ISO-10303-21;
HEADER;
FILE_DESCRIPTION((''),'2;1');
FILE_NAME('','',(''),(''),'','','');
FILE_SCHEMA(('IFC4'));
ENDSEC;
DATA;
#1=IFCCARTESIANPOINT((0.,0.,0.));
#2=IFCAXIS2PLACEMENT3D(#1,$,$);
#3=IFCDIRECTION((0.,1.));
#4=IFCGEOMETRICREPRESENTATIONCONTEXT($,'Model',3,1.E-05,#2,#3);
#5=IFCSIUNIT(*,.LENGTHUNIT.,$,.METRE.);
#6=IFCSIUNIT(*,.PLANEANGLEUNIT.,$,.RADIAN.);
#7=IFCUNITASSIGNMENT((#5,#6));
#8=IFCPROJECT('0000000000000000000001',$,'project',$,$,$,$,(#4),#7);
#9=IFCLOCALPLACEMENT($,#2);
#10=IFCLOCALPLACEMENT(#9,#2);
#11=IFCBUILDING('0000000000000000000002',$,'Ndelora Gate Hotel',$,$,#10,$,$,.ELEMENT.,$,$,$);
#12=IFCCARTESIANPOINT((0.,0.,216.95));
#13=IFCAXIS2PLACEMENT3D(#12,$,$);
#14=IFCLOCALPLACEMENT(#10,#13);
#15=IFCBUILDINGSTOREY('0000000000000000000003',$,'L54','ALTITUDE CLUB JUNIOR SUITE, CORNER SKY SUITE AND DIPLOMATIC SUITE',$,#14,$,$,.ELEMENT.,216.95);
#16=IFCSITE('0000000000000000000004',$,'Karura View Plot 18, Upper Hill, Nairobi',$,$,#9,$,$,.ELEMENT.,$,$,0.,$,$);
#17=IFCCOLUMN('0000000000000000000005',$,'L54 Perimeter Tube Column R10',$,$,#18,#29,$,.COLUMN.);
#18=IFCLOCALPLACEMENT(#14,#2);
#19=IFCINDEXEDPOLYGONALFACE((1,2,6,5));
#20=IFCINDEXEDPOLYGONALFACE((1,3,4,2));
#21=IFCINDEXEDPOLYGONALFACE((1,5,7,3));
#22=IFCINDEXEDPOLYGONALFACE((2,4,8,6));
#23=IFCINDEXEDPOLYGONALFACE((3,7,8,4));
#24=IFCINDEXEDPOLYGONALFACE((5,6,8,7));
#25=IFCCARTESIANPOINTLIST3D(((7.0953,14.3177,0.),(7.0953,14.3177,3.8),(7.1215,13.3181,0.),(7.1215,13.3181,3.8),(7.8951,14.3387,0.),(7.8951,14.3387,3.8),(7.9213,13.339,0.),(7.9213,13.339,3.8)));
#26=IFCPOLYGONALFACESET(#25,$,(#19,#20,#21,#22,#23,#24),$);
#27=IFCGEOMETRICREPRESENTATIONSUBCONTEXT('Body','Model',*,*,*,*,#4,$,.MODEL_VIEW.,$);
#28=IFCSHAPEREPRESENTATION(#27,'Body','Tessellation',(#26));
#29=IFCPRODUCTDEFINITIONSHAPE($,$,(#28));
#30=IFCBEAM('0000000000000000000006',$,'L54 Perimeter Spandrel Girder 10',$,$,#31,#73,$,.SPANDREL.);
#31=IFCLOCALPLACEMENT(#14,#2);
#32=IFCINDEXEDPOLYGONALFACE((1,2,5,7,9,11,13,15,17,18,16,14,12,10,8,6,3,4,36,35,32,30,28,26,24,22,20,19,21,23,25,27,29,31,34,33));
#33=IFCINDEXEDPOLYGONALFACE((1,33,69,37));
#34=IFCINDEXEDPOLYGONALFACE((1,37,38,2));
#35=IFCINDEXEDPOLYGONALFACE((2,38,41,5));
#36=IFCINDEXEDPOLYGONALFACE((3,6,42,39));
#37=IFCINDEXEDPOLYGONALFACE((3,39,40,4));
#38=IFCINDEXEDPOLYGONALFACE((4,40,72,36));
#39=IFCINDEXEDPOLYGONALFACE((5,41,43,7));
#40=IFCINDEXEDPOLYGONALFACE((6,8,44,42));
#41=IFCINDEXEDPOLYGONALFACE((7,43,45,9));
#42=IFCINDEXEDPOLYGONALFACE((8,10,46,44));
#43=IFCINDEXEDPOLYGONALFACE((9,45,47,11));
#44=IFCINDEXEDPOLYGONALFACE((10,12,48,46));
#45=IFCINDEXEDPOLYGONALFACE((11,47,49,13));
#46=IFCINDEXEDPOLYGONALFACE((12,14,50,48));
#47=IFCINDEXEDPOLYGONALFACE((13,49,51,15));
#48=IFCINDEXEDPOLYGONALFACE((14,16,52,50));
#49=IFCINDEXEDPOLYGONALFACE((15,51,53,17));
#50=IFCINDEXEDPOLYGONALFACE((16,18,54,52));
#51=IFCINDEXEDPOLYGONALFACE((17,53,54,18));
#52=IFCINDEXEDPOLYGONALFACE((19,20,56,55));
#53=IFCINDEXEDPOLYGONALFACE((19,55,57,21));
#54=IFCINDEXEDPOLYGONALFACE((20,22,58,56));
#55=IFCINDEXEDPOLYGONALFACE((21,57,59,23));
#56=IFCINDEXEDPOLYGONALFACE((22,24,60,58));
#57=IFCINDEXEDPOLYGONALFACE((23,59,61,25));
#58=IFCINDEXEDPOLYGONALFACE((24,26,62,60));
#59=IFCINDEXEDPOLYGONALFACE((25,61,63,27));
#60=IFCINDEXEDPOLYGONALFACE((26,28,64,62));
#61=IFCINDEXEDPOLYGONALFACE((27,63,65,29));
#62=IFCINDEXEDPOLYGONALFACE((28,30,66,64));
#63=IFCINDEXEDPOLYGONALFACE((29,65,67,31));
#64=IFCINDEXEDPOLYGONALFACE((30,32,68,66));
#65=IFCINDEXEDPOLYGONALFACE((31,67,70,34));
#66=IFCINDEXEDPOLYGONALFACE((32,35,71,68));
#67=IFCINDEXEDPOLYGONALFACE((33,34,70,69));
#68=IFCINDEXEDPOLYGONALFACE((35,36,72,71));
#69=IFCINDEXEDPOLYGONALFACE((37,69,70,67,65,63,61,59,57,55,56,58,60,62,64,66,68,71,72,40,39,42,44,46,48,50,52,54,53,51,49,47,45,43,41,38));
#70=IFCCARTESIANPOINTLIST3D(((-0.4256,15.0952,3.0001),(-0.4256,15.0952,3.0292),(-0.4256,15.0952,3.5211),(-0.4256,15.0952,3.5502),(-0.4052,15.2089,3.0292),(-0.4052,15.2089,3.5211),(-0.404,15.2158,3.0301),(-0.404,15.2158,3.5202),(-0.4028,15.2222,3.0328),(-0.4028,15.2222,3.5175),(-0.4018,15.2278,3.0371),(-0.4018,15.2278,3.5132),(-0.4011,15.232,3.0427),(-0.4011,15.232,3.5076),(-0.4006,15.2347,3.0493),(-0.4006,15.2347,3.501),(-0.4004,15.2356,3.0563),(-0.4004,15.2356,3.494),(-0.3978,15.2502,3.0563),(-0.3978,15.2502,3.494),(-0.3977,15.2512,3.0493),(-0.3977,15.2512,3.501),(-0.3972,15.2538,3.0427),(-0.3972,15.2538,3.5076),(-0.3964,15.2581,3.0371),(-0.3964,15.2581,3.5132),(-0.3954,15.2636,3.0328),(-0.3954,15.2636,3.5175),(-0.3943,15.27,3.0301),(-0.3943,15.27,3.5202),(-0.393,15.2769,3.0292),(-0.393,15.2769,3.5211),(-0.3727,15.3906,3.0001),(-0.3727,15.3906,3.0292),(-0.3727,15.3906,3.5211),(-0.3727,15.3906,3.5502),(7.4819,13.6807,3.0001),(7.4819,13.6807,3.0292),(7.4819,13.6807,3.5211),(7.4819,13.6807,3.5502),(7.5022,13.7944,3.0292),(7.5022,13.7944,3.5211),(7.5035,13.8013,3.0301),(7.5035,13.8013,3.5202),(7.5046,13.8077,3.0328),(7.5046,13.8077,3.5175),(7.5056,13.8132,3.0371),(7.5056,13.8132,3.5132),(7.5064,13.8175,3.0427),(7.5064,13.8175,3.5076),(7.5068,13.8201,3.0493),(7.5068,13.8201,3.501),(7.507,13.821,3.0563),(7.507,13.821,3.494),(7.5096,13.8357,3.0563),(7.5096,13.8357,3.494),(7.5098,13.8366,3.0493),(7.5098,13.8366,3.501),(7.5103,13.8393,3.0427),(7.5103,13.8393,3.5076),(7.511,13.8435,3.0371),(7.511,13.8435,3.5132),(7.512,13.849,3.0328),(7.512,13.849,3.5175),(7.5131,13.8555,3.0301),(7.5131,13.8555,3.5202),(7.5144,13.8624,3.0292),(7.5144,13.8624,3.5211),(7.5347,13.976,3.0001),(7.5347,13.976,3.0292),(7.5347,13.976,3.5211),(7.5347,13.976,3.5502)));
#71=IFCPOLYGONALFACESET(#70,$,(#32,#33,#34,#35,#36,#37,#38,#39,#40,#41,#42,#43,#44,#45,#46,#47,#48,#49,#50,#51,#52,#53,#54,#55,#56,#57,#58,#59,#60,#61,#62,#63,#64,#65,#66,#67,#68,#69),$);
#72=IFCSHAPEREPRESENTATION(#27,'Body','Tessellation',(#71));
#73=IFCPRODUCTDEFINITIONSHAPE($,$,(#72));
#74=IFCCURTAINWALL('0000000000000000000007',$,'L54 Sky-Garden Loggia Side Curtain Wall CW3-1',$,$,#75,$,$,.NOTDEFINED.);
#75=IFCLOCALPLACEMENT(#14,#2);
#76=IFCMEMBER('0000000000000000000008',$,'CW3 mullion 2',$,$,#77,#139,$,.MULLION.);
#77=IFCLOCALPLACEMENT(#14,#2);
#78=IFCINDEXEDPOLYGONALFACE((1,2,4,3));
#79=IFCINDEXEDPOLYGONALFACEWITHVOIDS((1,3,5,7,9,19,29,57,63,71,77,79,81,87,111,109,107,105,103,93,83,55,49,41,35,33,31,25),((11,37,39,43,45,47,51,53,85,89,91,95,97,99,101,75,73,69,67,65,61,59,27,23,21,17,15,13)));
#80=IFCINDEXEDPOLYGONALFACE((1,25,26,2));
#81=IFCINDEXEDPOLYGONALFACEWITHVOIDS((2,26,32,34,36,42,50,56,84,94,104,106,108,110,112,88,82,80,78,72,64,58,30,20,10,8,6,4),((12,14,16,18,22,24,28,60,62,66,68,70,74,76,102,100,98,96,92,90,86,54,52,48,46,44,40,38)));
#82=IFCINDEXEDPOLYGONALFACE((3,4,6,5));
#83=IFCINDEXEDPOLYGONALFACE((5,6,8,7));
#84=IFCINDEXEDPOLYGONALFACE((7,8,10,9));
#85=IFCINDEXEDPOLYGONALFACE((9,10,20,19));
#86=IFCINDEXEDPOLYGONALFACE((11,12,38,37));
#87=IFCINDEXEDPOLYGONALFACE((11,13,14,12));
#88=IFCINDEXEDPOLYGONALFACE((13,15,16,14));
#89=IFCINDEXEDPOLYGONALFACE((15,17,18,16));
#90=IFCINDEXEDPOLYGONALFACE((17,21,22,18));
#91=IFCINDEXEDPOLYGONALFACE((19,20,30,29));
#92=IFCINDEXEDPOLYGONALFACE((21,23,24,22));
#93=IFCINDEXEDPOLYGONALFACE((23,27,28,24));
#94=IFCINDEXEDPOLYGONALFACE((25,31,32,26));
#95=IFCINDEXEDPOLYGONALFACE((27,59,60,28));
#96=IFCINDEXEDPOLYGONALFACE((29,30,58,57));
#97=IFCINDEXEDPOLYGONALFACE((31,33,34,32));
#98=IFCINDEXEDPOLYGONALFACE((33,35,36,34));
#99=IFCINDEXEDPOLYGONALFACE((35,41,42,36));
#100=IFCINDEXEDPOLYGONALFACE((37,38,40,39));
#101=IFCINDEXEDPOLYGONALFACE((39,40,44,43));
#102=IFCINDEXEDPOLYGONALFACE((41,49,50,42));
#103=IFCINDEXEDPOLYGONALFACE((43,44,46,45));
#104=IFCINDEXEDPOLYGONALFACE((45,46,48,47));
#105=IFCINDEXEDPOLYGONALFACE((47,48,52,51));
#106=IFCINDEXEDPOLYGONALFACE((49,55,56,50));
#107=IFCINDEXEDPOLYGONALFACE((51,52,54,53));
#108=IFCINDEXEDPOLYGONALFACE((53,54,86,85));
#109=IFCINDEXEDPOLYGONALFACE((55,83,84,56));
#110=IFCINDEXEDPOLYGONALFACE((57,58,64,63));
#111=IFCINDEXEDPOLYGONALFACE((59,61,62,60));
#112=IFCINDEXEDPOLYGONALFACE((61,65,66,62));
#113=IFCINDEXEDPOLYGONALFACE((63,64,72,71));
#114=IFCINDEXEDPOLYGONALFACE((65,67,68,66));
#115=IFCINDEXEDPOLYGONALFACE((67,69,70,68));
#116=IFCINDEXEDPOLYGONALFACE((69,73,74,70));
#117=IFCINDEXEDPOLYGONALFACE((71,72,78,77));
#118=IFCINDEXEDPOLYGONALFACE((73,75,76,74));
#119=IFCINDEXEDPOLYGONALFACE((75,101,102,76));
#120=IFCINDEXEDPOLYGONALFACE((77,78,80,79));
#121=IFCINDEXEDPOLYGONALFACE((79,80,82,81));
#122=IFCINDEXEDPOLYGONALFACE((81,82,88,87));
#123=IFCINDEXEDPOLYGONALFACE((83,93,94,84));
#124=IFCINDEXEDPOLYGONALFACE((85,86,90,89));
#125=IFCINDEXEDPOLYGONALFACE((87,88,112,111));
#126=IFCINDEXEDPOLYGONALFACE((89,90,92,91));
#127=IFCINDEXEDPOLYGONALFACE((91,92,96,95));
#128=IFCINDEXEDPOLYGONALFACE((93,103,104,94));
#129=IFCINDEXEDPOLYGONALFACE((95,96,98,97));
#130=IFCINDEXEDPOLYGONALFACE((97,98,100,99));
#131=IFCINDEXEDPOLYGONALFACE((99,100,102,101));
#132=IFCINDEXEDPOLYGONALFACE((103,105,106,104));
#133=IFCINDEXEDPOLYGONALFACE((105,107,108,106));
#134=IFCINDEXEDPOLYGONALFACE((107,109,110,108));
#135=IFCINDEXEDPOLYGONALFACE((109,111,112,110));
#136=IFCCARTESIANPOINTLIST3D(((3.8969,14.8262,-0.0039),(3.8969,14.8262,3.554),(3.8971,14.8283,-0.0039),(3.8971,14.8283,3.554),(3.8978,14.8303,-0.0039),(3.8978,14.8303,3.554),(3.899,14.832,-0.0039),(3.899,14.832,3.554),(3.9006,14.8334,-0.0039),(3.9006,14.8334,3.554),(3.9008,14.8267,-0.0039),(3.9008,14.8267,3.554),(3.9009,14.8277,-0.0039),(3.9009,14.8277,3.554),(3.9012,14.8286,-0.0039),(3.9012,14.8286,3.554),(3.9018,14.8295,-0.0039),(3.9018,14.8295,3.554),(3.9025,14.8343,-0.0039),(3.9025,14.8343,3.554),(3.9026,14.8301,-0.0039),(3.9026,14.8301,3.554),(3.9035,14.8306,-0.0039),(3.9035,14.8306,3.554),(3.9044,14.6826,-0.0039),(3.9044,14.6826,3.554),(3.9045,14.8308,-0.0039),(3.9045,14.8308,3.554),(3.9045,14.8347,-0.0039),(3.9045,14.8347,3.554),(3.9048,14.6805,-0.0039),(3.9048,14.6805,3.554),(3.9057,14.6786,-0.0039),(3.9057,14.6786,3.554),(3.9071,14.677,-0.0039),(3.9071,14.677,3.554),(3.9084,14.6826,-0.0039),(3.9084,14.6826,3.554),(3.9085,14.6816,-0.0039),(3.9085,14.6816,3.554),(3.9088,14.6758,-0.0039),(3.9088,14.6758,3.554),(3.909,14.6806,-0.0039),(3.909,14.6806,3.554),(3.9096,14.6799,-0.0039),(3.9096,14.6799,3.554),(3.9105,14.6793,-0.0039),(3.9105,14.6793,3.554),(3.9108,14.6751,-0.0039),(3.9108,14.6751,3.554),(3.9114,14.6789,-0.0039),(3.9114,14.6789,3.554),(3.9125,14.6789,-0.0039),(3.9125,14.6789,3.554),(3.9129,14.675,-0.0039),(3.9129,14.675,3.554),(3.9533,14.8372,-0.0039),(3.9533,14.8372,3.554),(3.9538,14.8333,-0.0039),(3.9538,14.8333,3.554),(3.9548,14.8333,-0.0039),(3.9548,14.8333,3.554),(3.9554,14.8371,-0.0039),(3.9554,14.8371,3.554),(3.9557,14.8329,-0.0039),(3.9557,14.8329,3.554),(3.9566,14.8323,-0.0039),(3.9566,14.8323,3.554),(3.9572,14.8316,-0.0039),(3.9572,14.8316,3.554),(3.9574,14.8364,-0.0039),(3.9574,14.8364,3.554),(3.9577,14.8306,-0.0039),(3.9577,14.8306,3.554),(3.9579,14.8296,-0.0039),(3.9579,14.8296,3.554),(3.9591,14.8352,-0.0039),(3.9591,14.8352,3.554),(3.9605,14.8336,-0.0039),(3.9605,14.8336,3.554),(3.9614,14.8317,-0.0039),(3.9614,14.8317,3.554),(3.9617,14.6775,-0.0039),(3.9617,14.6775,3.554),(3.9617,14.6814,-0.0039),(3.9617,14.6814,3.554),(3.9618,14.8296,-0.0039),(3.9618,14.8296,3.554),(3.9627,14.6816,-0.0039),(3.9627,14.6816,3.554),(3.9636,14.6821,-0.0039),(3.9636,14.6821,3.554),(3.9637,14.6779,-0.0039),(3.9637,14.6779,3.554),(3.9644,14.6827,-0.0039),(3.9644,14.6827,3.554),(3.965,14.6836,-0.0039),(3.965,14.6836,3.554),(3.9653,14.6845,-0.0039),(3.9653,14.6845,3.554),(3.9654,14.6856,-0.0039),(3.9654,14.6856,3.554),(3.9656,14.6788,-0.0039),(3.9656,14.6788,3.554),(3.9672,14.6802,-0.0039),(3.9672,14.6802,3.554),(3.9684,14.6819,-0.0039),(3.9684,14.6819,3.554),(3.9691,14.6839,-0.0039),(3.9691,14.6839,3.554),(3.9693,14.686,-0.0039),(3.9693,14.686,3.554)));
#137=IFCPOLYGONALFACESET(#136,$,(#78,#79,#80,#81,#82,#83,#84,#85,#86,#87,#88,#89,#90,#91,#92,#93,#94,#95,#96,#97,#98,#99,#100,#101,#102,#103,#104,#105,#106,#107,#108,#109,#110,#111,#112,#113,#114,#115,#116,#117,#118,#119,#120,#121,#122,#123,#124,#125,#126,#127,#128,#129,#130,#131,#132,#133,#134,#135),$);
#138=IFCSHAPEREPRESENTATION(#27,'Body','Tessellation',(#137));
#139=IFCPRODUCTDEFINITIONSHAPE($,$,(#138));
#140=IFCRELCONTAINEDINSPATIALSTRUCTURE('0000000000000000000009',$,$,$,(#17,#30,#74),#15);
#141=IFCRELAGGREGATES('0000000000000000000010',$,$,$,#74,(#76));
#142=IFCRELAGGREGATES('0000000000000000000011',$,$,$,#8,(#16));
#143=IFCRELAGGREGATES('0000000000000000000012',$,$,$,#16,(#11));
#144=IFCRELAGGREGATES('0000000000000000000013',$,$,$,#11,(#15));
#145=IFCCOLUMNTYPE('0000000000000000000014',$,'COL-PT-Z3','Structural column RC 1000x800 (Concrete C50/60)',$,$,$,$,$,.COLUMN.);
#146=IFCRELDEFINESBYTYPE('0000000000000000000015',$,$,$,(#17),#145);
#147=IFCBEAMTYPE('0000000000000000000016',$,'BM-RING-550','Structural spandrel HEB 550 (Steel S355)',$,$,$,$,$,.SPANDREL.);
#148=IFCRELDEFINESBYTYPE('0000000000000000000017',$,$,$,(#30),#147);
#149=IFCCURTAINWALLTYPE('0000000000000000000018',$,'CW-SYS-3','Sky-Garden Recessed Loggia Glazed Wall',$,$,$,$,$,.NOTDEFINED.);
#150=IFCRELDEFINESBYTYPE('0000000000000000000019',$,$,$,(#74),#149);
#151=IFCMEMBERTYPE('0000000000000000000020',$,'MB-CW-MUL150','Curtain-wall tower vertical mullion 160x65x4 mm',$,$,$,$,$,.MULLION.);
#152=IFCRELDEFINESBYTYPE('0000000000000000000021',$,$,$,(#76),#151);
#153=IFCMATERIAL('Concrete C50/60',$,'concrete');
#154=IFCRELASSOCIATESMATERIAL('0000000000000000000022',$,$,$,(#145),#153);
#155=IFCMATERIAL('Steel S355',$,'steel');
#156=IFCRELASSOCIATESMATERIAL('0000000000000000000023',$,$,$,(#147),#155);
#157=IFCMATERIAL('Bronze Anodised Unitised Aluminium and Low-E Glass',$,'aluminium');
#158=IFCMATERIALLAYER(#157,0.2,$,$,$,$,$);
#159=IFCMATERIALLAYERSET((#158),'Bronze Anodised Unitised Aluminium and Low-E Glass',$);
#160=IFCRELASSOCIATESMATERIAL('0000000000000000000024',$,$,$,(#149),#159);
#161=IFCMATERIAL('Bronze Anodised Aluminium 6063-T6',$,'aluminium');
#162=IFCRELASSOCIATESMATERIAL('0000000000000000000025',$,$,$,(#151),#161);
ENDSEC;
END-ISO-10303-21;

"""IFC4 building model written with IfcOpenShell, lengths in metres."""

from ifc_helpers import new_model, si_unit, direction, frame, origin, origin_2d, place, context, subcontext, project, spatial, rectangle, hollow_rectangle, i_section, extrude, material, layer, layer_set, material_profile, profile_set, type_object, element, aggregate, save


model = new_model("IFC4")

# Units and contexts
model_context = context("Model", 3, precision=1e-05, world=origin(), true_north=direction((0.0, 1.0)))
body_context = subcontext(model_context, "Body", "Model", "MODEL_VIEW")
ifc_project = project(units=[si_unit("LENGTHUNIT", "METRE"), si_unit("PLANEANGLEUNIT", "RADIAN")], contexts=[model_context])

# Site, building, storey
site_placement = place(None, origin())
site = spatial("IfcSite", under=ifc_project, at=site_placement, Name="Karura View Plot 18, Upper Hill, Nairobi", CompositionType="ELEMENT", RefElevation=0.0)
building_placement = place(site_placement, origin())
building = spatial("IfcBuilding", under=site, at=building_placement, Name="Ndelora Gate Hotel", CompositionType="ELEMENT")
storey_placement = place(building_placement, frame((0.0, 0.0, 216.95)))
storey = spatial("IfcBuildingStorey", under=building, at=storey_placement, Name="L54", Description="ALTITUDE CLUB JUNIOR SUITE, CORNER SKY SUITE AND DIPLOMATIC SUITE", CompositionType="ELEMENT", Elevation=216.95)

# Column
ifc_material_1 = material(Name="Concrete C50/60", Category="concrete")
ifc_material_profile_1 = material_profile(ifc_material_1, rectangle(XDim=0.8, YDim=1.0, at=origin_2d()), Name="RC 1000x800")
ifc_profile_set_1 = profile_set([ifc_material_profile_1], Name="Concrete C50/60")
column_type = type_object("IfcColumnType", Name="COL-PT-Z3", Description="Structural column RC 1000x800 (Concrete C50/60)", PredefinedType="COLUMN", material=ifc_profile_set_1)
column_placement = place(storey_placement, frame((7.5083, 13.8284, 0.0), z_axis=(0.0, 0.0, 1.0), x_axis=(0.999657, 0.026177, 0.0)))
element("IfcColumn", 1, at=column_placement, inside=storey, type_object=column_type, Name="L54 Perimeter Tube Column R10", PredefinedType="COLUMN", context=body_context, shape_type="SweptSolid", body=[
    extrude(rectangle(XDim=0.8, YDim=1.0, at=origin_2d()), origin(), (0.0, 0.0, 1.0), 3.8),
])

# Beam
ifc_material_2 = material(Name="Steel S355", Category="steel")
ifc_material_profile_2 = material_profile(ifc_material_2, i_section(OverallWidth=0.3, OverallDepth=0.55, WebThickness=0.0149, FlangeThickness=0.0291, FilletRadius=0.0271, at=origin_2d()), Name="HEB 550")
ifc_profile_set_2 = profile_set([ifc_material_profile_2], Name="Steel S355")
beam_type = type_object("IfcBeamType", Name="BM-RING-550", Description="Structural spandrel HEB 550 (Steel S355)", PredefinedType="SPANDREL", material=ifc_profile_set_2)
beam_placement = place(storey_placement, frame((7.5083, 13.8284, 3.2751), z_axis=(-0.984374, 0.176093, 0.0), x_axis=(-0.176093, -0.984374, 0.0)))
element("IfcBeam", 2, at=beam_placement, inside=storey, type_object=beam_type, Name="L54 Perimeter Spandrel Girder 10", PredefinedType="SPANDREL", context=body_context, shape_type="SweptSolid", body=[
    extrude(i_section(OverallWidth=0.3, OverallDepth=0.55, WebThickness=0.0149, FlangeThickness=0.0291, FilletRadius=0.0271, at=origin_2d()), origin(), (0.0, 0.0, 1.0), 8.033),
])

# Curtain wall, member
ifc_material_3 = material(Name="Bronze Anodised Unitised Aluminium and Low-E Glass", Category="aluminium")
ifc_layer_1 = layer(ifc_material_3, 0.2)
ifc_layer_set_1 = layer_set([ifc_layer_1], Name="Bronze Anodised Unitised Aluminium and Low-E Glass")
curtain_wall_type = type_object("IfcCurtainWallType", Name="CW-SYS-3", Description="Sky-Garden Recessed Loggia Glazed Wall", PredefinedType="NOTDEFINED", material=ifc_layer_set_1)
curtain_wall_placement = place(storey_placement, origin())
curtain_wall = element("IfcCurtainWall", 3, at=curtain_wall_placement, inside=storey, type_object=curtain_wall_type, Name="L54 Sky-Garden Loggia Side Curtain Wall CW3-1", PredefinedType="NOTDEFINED")
ifc_material_4 = material(Name="Bronze Anodised Aluminium 6063-T6", Category="aluminium")
ifc_material_profile_3 = material_profile(ifc_material_4, hollow_rectangle(XDim=0.0649, YDim=0.1599, WallThickness=0.0039, InnerFilletRadius=0.0039, OuterFilletRadius=0.0081, at=origin_2d()), Name="ALU 160x65x4")
ifc_profile_set_3 = profile_set([ifc_material_profile_3], Name="Bronze Anodised Aluminium 6063-T6")
member_type_1 = type_object("IfcMemberType", Name="MB-CW-MUL150", Description="Curtain-wall tower vertical mullion 160x65x4 mm", PredefinedType="MULLION", material=ifc_profile_set_3)
member_1_placement = place(storey_placement, frame((3.9331, 14.7561, -0.0039), z_axis=(0.0, 0.0, 1.0), x_axis=(-0.99863, -0.052318, 0.0)))
member_1 = element("IfcMember", 4, at=member_1_placement, type_object=member_type_1, Name="CW3 mullion 2", PredefinedType="MULLION", context=body_context, shape_type="SweptSolid", body=[
    extrude(hollow_rectangle(XDim=0.0649, YDim=0.1599, WallThickness=0.0039, InnerFilletRadius=0.0039, OuterFilletRadius=0.0081, at=origin_2d()), origin(), (0.0, 0.0, 1.0), 3.5579),
])
aggregate(curtain_wall, [member_1])

save(model, "model.ifc")
